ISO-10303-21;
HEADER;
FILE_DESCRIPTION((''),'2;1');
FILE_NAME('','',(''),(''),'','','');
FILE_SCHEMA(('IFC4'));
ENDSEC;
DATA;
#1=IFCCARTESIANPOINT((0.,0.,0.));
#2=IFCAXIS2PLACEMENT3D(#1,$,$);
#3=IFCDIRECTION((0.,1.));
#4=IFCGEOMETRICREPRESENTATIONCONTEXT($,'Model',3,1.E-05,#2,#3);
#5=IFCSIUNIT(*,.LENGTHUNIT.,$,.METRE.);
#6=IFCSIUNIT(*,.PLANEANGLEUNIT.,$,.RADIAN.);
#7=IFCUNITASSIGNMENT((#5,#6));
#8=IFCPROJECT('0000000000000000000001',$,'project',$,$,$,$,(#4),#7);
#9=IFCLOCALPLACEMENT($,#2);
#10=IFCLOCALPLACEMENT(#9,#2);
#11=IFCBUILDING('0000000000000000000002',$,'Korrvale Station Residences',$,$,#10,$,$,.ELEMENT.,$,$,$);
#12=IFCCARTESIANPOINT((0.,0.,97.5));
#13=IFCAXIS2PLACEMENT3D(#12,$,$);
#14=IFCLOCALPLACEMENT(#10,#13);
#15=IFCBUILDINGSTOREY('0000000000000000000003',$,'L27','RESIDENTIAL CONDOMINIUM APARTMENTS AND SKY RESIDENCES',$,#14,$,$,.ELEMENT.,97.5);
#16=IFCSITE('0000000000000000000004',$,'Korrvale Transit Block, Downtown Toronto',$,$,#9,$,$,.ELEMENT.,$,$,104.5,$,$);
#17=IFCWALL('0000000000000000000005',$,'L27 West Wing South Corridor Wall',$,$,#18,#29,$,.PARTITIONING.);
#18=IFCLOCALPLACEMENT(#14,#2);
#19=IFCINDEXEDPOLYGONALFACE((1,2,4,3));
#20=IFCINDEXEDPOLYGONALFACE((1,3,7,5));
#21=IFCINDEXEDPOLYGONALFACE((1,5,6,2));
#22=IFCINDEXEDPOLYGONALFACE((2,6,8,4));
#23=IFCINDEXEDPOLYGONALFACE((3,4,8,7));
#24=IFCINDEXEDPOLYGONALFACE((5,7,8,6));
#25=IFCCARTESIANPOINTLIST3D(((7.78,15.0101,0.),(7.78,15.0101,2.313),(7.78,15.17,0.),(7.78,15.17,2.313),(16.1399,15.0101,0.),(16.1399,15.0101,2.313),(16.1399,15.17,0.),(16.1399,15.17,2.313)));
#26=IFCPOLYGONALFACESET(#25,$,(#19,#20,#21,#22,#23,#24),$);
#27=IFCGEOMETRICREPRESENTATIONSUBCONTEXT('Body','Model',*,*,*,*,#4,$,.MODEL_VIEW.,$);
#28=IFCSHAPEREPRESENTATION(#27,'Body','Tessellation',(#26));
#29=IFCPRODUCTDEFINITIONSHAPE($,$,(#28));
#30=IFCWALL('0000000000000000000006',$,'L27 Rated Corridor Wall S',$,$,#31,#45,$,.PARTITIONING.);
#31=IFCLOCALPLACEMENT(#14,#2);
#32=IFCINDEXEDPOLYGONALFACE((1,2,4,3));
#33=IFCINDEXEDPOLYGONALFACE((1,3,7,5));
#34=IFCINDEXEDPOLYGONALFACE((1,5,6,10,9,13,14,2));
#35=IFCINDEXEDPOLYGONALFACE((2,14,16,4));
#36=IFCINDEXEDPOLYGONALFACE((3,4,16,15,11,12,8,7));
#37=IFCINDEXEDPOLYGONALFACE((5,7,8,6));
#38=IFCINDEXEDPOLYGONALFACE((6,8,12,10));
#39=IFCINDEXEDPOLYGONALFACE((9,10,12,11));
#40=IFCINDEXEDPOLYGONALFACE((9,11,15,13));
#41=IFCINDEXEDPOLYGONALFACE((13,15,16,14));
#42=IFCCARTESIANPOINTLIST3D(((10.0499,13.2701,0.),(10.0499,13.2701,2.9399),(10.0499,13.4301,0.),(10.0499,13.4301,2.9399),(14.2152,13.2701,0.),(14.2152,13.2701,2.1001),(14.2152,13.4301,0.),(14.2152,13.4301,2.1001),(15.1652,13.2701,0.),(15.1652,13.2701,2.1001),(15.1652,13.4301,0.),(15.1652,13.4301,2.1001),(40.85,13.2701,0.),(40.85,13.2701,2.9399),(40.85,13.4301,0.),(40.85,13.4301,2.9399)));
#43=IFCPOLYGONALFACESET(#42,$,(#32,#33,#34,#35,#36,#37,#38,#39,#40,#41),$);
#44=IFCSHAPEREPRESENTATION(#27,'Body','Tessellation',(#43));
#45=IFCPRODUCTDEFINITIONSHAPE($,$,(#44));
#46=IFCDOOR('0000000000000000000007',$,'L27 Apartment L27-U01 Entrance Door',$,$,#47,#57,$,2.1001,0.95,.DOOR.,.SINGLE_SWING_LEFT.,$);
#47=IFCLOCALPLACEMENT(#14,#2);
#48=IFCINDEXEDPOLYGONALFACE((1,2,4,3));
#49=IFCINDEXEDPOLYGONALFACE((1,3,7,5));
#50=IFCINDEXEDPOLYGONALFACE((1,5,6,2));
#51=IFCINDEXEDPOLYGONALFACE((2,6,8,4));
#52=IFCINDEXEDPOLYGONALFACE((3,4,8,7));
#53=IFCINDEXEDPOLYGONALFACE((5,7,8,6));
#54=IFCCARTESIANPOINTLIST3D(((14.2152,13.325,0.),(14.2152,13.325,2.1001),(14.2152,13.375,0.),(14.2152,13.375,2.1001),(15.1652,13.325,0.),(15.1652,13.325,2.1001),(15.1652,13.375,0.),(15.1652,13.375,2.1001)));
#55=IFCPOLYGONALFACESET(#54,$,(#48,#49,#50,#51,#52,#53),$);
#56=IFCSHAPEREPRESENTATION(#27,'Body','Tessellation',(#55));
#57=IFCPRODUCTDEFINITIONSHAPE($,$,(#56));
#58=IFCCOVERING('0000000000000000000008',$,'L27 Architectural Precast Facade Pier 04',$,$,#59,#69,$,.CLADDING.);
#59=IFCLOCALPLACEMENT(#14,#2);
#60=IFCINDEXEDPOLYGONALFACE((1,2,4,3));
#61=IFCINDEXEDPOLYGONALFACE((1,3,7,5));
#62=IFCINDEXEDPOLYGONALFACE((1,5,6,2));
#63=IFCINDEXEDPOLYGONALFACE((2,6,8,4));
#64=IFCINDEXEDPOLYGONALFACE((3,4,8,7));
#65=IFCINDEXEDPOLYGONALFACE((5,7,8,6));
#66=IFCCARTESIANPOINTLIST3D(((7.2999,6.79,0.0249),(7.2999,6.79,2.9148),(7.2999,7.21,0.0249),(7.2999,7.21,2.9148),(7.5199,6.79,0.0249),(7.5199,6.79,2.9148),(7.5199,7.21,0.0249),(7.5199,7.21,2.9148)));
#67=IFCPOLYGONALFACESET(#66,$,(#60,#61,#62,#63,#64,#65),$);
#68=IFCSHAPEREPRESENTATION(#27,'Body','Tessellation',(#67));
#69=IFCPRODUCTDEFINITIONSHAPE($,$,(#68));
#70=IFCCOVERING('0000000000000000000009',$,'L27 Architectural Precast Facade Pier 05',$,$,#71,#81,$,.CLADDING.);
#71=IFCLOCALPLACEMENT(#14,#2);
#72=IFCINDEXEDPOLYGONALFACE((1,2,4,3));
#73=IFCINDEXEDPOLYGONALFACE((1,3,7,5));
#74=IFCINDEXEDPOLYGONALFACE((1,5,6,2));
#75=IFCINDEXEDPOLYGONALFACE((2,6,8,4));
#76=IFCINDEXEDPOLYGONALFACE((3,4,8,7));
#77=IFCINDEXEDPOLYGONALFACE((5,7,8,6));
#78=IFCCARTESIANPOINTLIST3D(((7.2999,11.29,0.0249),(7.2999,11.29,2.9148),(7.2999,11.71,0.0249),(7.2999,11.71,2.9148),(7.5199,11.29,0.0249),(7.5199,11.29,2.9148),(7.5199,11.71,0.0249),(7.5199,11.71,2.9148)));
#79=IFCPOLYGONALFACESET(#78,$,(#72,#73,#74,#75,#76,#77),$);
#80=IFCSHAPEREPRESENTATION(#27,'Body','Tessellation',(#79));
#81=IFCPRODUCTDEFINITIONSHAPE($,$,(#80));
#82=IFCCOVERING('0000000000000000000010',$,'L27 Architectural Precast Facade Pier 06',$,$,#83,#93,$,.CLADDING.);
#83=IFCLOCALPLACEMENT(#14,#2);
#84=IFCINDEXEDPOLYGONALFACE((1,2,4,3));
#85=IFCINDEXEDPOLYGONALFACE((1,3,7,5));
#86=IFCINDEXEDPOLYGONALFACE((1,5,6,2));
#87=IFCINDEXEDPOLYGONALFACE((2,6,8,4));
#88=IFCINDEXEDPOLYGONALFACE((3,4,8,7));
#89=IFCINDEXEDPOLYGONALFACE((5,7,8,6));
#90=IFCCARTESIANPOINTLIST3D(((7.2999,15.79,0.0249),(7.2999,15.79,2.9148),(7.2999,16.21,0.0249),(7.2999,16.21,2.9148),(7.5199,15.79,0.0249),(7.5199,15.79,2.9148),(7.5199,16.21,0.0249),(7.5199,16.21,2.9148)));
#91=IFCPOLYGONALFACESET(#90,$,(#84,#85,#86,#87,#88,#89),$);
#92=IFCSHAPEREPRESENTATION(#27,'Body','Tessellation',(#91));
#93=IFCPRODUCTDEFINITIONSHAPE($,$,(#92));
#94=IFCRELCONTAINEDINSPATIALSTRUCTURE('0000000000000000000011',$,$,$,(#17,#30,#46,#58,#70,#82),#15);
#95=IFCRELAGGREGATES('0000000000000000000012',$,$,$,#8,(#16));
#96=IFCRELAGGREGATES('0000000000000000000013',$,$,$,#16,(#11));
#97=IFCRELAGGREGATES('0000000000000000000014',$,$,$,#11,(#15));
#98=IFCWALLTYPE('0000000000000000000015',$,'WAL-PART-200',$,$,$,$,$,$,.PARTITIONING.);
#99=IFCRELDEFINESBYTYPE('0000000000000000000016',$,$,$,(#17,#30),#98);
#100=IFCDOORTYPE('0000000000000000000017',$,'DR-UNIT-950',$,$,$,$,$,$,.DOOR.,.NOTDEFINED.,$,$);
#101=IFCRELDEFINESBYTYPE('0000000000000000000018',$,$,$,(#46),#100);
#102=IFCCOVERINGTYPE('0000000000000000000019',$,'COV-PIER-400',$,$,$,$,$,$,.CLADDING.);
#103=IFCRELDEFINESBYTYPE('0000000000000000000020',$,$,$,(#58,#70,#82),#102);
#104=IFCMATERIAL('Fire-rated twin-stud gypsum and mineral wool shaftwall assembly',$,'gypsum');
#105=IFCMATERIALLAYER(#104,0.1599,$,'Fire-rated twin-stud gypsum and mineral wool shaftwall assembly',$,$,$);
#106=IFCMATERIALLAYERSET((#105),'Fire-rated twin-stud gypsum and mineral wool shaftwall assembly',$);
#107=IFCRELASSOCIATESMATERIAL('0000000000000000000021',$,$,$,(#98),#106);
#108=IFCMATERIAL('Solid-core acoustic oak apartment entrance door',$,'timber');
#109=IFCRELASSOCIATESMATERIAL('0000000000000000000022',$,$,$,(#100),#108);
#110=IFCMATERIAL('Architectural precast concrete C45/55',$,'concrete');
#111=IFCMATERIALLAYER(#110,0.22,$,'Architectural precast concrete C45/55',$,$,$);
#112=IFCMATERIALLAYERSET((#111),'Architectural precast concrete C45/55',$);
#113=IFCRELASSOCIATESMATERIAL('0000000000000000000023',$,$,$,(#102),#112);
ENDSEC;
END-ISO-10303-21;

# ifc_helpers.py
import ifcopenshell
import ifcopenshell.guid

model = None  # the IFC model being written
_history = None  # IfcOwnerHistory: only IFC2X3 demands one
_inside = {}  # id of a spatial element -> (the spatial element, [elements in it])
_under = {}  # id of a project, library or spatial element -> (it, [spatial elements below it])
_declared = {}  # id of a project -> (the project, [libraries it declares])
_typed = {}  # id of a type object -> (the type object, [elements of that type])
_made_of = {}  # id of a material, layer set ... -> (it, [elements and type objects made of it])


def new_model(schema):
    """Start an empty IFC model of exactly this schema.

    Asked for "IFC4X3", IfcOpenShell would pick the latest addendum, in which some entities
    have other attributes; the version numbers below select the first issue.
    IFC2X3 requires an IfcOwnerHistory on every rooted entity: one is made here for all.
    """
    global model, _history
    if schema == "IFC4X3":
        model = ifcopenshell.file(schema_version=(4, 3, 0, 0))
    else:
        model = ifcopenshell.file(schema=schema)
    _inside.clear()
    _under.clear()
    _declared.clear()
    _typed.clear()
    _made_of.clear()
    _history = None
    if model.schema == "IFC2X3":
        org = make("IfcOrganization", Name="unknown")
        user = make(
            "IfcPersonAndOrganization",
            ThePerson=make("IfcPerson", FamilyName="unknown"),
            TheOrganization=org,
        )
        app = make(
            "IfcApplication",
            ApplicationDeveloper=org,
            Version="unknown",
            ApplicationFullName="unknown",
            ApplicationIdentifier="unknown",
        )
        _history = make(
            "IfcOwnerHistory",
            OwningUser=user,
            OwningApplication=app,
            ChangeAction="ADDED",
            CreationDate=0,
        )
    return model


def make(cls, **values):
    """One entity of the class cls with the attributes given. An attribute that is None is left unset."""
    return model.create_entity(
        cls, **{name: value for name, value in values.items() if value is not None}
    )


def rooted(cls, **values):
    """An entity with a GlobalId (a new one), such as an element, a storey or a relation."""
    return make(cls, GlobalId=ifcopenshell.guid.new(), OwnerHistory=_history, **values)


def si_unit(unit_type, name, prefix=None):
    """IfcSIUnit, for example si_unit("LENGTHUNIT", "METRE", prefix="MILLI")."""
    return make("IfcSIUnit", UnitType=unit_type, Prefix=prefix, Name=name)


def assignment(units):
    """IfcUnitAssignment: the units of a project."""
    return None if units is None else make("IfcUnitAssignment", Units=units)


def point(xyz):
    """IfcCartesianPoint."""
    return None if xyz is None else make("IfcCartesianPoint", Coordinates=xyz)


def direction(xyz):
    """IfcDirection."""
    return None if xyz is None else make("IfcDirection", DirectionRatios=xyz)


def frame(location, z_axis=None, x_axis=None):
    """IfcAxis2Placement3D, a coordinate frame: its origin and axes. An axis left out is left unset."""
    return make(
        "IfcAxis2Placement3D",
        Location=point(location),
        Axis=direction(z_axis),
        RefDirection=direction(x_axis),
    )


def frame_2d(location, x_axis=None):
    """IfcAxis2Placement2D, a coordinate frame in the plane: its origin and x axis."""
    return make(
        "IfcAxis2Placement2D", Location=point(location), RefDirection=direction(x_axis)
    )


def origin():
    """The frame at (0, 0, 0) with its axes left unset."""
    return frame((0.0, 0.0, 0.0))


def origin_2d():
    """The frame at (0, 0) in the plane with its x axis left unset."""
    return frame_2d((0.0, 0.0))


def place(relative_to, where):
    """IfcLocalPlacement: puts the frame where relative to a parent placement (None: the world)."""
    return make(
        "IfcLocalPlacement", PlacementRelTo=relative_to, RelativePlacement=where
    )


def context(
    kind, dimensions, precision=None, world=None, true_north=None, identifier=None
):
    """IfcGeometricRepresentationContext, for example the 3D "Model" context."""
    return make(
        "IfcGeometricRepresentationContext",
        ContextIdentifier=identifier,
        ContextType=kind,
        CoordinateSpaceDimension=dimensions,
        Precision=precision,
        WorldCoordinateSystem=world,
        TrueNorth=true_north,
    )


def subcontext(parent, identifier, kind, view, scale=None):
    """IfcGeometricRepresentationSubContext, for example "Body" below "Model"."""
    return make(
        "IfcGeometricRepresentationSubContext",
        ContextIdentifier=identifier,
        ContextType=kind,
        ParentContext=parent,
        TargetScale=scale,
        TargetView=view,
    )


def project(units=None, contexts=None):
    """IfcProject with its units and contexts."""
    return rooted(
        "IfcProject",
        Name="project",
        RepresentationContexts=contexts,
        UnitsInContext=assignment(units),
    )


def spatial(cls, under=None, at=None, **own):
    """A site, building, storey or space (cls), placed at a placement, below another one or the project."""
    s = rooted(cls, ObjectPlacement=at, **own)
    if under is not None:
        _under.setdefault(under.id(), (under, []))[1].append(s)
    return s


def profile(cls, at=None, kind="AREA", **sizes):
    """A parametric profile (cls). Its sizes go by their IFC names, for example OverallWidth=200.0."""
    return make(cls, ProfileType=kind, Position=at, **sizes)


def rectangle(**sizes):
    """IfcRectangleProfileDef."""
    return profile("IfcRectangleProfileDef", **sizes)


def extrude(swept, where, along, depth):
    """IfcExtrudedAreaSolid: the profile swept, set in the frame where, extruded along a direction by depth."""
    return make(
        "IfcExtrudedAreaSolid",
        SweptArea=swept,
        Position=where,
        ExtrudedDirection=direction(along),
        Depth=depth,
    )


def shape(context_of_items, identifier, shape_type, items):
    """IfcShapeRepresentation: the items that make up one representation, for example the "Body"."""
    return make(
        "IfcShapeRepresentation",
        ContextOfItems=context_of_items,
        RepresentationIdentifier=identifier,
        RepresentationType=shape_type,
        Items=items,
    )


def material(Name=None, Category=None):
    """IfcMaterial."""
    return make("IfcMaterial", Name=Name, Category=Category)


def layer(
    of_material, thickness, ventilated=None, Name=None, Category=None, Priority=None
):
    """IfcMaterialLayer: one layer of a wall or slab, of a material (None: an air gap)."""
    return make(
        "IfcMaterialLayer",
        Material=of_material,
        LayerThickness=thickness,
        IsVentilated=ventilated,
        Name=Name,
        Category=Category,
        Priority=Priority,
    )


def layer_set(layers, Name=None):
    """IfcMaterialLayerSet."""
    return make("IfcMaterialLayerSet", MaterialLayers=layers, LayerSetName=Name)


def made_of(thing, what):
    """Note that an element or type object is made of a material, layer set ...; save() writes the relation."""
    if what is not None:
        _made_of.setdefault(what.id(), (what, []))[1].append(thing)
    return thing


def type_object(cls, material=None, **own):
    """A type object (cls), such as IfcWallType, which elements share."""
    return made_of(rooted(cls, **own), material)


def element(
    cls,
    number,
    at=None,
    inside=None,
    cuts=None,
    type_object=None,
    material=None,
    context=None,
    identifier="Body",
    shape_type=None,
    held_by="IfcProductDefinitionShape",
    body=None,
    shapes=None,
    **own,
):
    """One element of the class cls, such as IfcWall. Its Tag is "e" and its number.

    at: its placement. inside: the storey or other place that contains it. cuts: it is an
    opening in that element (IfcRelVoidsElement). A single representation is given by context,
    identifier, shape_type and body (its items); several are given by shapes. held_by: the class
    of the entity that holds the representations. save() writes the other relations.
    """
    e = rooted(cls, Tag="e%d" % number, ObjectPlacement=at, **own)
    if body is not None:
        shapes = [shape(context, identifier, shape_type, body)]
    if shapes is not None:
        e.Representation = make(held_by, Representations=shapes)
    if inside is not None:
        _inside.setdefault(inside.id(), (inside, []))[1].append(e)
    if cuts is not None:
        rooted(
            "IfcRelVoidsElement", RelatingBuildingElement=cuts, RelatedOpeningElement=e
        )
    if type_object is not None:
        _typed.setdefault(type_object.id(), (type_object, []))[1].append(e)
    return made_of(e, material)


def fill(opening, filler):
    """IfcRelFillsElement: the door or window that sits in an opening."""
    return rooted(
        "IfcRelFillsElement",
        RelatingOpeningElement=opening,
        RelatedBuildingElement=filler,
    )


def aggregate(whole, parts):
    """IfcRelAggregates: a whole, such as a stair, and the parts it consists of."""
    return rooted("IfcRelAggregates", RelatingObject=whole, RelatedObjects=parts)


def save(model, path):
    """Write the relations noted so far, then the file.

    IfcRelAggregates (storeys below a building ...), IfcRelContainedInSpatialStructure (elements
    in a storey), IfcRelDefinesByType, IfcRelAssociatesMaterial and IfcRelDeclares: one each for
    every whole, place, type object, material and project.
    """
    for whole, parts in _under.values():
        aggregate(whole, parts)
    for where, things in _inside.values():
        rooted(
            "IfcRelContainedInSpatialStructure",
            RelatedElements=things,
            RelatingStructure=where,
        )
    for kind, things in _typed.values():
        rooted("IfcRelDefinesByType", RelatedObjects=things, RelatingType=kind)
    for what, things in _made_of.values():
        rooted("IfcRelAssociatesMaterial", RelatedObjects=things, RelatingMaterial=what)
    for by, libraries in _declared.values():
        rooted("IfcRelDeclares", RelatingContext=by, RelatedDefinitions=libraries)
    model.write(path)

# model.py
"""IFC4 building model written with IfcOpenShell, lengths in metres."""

from ifc_helpers import new_model, si_unit, direction, frame, frame_2d, origin, origin_2d, place, context, subcontext, project, spatial, rectangle, extrude, material, layer, layer_set, type_object, element, fill, save


model = new_model("IFC4")

# Units and contexts
model_context = context("Model", 3, precision=1e-05, world=origin(), true_north=direction((0.0, 1.0)))
body_context = subcontext(model_context, "Body", "Model", "MODEL_VIEW")
ifc_project = project(units=[si_unit("LENGTHUNIT", "METRE"), si_unit("PLANEANGLEUNIT", "RADIAN")], contexts=[model_context])

# Site, building, storey
site_placement = place(None, origin())
site = spatial("IfcSite", under=ifc_project, at=site_placement, Name="Korrvale Transit Block, Downtown Toronto", CompositionType="ELEMENT", RefElevation=104.5)
building_placement = place(site_placement, origin())
building = spatial("IfcBuilding", under=site, at=building_placement, Name="Korrvale Station Residences", CompositionType="ELEMENT")
storey_placement = place(building_placement, frame((0.0, 0.0, 97.5)))
storey = spatial("IfcBuildingStorey", under=building, at=storey_placement, Name="L27", Description="RESIDENTIAL CONDOMINIUM APARTMENTS AND SKY RESIDENCES", CompositionType="ELEMENT", Elevation=97.5)

# Wall
ifc_material_1 = material(Name="Fire-rated twin-stud gypsum and mineral wool shaftwall assembly", Category="gypsum")
ifc_layer_1 = layer(ifc_material_1, 0.1599, Name="Fire-rated twin-stud gypsum and mineral wool shaftwall assembly")
ifc_layer_set_1 = layer_set([ifc_layer_1], Name="Fire-rated twin-stud gypsum and mineral wool shaftwall assembly")
wall_type_1 = type_object("IfcWallType", Name="WAL-PART-200", PredefinedType="PARTITIONING", material=ifc_layer_set_1)
wall_1_placement = place(storey_placement, frame((7.78, 15.0901, 0.0), z_axis=(0.0, 0.0, 1.0), x_axis=(1.0, 0.0, 0.0)))
element("IfcWall", 1, at=wall_1_placement, inside=storey, type_object=wall_type_1, Name="L27 West Wing South Corridor Wall", PredefinedType="PARTITIONING", context=body_context, shape_type="SweptSolid", body=[
    extrude(rectangle(XDim=8.3599, YDim=0.1599, at=frame_2d((4.1799, 0.0))), origin(), (0.0, 0.0, 1.0), 2.313),
])

# Wall, opening, door
wall_2_placement = place(storey_placement, frame((10.05, 13.3501, 0.0), z_axis=(0.0, 0.0, 1.0), x_axis=(1.0, 0.0, 0.0)))
wall_2 = element("IfcWall", 2, at=wall_2_placement, inside=storey, type_object=wall_type_1, Name="L27 Rated Corridor Wall S", PredefinedType="PARTITIONING", context=body_context, shape_type="SweptSolid", body=[
    extrude(rectangle(XDim=30.8, YDim=0.1599, at=frame_2d((15.3999, 0.0))), origin(), (0.0, 0.0, 1.0), 2.9399),
])
opening_1_placement = place(wall_2_placement, frame((4.165, 0.0, 0.0)))
opening_1 = element("IfcOpeningElement", 3, at=opening_1_placement, cuts=wall_2, PredefinedType="OPENING", context=body_context, shape_type="SweptSolid", body=[
    extrude(rectangle(XDim=0.95, YDim=2.1001, at=frame_2d((0.4751, 1.05))), frame((0.0, 0.0898, 0.0), z_axis=(0.0, -1.0, 0.0), x_axis=(1.0, 0.0, 0.0)), (0.0, 0.0, 1.0), 0.1799),
])
ifc_material_2 = material(Name="Solid-core acoustic oak apartment entrance door", Category="timber")
door_type_1 = type_object("IfcDoorType", Name="DR-UNIT-950", OperationType="NOTDEFINED", PredefinedType="DOOR", material=ifc_material_2)
door_1_placement = place(opening_1_placement, origin())
door_1 = element("IfcDoor", 4, at=door_1_placement, inside=storey, type_object=door_type_1, Name="L27 Apartment L27-U01 Entrance Door", OperationType="SINGLE_SWING_LEFT", OverallHeight=2.1001, OverallWidth=0.95, PredefinedType="DOOR", context=body_context, shape_type="SweptSolid", body=[
    extrude(rectangle(XDim=0.95, YDim=2.1001, at=frame_2d((0.4751, 1.05))), frame((0.0, 0.0249, 0.0), z_axis=(0.0, -1.0, 0.0), x_axis=(1.0, 0.0, 0.0)), (0.0, 0.0, 1.0), 0.05),
])
fill(opening_1, door_1)

# Coverings
ifc_material_3 = material(Name="Architectural precast concrete C45/55", Category="concrete")
ifc_layer_2 = layer(ifc_material_3, 0.22, Name="Architectural precast concrete C45/55")
ifc_layer_set_2 = layer_set([ifc_layer_2], Name="Architectural precast concrete C45/55")
covering_type = type_object("IfcCoveringType", Name="COV-PIER-400", PredefinedType="CLADDING", material=ifc_layer_set_2)
for number, where, z_axis, x_axis, name in (
    (5, (7.4099, 7.0, 0.0249), (0.0, 0.0, 1.0), (0.0, 1.0, 0.0), "L27 Architectural Precast Facade Pier 04"),
    (6, (7.4099, 11.5, 0.0249), (0.0, 0.0, 1.0), (0.0, 1.0, 0.0), "L27 Architectural Precast Facade Pier 05"),
    (7, (7.4099, 16.0, 0.0249), (0.0, 0.0, 1.0), (0.0, 1.0, 0.0), "L27 Architectural Precast Facade Pier 06"),
):
    element("IfcCovering", number, at=place(storey_placement, frame(where, z_axis=z_axis, x_axis=x_axis)), inside=storey, type_object=covering_type, Name=name, PredefinedType="CLADDING", context=body_context, shape_type="SweptSolid", body=[
        extrude(rectangle(XDim=0.4199, YDim=0.22, at=origin_2d()), origin(), (0.0, 0.0, 1.0), 2.8899),
    ])

save(model, "model.ifc")
